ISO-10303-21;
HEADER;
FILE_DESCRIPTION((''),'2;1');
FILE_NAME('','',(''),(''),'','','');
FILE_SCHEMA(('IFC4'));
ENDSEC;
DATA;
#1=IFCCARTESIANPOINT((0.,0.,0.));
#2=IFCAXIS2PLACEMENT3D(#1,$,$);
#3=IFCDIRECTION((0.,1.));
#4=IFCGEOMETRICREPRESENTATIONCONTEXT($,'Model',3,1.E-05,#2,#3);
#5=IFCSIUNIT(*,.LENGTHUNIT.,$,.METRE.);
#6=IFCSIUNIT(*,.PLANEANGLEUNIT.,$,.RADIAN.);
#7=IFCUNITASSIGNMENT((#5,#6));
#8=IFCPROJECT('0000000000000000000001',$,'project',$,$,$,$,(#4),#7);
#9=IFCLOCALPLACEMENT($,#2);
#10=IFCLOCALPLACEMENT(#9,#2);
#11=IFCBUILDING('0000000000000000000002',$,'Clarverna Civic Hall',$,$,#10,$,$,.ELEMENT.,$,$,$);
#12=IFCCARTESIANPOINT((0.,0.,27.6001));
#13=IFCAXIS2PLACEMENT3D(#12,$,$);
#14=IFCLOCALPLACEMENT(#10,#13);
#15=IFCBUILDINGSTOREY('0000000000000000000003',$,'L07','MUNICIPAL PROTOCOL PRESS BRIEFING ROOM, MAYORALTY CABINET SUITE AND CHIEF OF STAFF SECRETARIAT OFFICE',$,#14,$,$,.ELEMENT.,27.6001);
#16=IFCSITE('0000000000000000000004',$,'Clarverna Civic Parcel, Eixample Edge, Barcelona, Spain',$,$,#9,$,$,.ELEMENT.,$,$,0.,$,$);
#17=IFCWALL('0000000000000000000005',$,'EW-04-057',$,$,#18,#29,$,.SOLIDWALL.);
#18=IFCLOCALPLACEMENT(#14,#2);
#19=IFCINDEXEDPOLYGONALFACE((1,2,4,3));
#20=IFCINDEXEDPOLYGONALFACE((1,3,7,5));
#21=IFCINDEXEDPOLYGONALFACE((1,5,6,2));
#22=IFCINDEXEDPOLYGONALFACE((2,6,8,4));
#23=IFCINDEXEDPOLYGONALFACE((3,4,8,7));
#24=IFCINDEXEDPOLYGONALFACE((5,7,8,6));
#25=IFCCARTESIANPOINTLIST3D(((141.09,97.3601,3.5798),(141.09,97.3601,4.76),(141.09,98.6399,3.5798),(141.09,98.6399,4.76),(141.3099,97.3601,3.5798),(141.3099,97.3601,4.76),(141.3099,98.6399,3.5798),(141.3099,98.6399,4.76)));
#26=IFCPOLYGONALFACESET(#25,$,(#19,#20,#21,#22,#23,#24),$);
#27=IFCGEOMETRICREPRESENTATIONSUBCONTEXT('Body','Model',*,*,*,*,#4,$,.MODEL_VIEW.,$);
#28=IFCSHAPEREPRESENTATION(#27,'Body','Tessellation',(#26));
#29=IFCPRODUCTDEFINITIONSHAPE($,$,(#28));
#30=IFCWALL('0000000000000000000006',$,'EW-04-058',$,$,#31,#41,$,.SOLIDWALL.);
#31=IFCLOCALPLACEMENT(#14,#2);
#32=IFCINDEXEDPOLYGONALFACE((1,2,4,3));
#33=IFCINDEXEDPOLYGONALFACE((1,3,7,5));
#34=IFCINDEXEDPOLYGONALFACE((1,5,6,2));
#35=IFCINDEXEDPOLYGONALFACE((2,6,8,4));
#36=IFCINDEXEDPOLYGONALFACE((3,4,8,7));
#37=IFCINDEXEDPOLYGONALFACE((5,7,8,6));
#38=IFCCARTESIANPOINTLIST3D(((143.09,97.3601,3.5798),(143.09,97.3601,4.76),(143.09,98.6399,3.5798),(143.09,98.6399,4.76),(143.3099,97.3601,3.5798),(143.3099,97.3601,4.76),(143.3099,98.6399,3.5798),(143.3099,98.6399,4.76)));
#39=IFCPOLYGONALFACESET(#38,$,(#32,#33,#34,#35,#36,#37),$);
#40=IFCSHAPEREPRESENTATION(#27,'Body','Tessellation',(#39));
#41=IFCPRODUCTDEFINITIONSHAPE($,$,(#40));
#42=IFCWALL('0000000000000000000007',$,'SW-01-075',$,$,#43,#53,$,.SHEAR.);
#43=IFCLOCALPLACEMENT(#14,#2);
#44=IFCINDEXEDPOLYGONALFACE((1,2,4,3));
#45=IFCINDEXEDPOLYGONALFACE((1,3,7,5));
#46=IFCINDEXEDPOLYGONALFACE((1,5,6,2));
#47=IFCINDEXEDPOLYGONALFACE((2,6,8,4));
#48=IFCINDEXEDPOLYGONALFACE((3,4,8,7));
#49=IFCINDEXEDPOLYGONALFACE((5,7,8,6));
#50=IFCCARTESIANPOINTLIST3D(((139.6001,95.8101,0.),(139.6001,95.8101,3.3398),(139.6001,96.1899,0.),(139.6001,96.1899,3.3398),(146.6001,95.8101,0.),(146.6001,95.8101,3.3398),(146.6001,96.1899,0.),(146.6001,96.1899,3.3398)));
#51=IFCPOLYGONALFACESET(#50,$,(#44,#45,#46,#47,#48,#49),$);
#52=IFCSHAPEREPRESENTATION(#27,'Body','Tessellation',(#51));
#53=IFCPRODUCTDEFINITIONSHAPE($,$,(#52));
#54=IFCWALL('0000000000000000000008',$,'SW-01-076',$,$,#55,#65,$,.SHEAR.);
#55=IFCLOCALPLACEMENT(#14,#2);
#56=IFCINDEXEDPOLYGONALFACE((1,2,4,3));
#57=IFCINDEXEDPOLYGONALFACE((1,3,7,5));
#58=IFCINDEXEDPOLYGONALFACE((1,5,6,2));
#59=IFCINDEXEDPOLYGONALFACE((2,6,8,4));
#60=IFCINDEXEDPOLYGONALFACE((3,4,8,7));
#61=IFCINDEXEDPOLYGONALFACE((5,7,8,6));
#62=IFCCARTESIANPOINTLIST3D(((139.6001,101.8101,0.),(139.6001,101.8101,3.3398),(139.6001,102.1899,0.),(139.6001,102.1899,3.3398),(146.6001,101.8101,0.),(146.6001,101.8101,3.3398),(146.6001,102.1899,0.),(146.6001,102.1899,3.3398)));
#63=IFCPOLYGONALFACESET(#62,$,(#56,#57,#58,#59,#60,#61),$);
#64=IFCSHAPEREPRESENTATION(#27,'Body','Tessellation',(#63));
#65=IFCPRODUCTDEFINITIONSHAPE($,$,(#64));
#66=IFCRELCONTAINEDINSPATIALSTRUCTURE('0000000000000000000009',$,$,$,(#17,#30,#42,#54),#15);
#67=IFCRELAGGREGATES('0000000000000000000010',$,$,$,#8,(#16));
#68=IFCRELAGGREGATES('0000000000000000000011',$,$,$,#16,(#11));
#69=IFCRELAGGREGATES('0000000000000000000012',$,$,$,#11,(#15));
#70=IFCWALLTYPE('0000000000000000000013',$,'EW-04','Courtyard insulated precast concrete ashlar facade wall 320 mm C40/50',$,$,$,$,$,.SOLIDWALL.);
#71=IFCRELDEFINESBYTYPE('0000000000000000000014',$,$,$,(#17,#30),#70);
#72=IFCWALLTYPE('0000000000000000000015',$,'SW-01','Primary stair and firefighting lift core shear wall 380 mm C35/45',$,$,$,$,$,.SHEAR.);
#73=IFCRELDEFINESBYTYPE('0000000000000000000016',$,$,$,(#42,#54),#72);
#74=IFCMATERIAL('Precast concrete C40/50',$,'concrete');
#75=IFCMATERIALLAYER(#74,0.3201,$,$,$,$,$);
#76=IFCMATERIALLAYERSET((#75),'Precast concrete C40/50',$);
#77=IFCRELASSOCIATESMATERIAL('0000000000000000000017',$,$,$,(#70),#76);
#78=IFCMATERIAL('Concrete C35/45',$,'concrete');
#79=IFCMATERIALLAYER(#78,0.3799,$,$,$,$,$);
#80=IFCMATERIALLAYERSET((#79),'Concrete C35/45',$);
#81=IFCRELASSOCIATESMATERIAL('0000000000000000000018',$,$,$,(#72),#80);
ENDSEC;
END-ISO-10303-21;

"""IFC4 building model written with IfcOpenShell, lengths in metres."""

from ifc_helpers import new_model, si_unit, direction, frame, frame_2d, origin, place, context, subcontext, project, spatial, rectangle, extrude, material, layer, layer_set, type_object, element, save


model = new_model("IFC4")

# Units and contexts
model_context = context("Model", 3, precision=1e-05, world=origin(), true_north=direction((0.0, 1.0)))
body_context = subcontext(model_context, "Body", "Model", "MODEL_VIEW")
ifc_project = project(units=[si_unit("LENGTHUNIT", "METRE"), si_unit("PLANEANGLEUNIT", "RADIAN")], contexts=[model_context])

# Site, building, storey
site_placement = place(None, origin())
site = spatial("IfcSite", under=ifc_project, at=site_placement, Name="Clarverna Civic Parcel, Eixample Edge, Barcelona, Spain", CompositionType="ELEMENT", RefElevation=0.0)
building_placement = place(site_placement, origin())
building = spatial("IfcBuilding", under=site, at=building_placement, Name="Clarverna Civic Hall", CompositionType="ELEMENT")
storey_placement = place(building_placement, frame((0.0, 0.0, 27.6001)))
storey = spatial("IfcBuildingStorey", under=building, at=storey_placement, Name="L07", Description="MUNICIPAL PROTOCOL PRESS BRIEFING ROOM, MAYORALTY CABINET SUITE AND CHIEF OF STAFF SECRETARIAT OFFICE", CompositionType="ELEMENT", Elevation=27.6001)

# Shared definitions
ifc_material_1 = material(Name="Concrete C35/45", Category="concrete")

# Shared definitions
ifc_material_2 = material(Name="Precast concrete C40/50", Category="concrete")
ifc_layer_1 = layer(ifc_material_2, 0.3201)
ifc_layer_set_1 = layer_set([ifc_layer_1], Name="Precast concrete C40/50")
wall_type_1 = type_object("IfcWallType", Name="EW-04", Description="Courtyard insulated precast concrete ashlar facade wall 320 mm C40/50", PredefinedType="SOLIDWALL", material=ifc_layer_set_1)

# Walls
for number, where, z_axis, x_axis, name in (
    (1, (141.2, 97.3601, 3.5798), (0.0, 0.0, 1.0), (0.0, 1.0, 0.0), "EW-04-057"),
    (2, (143.2, 97.3601, 3.5798), (0.0, 0.0, 1.0), (0.0, 1.0, 0.0), "EW-04-058"),
):
    element("IfcWall", number, at=place(storey_placement, frame(where, z_axis=z_axis, x_axis=x_axis)), inside=storey, type_object=wall_type_1, Name=name, PredefinedType="SOLIDWALL", context=body_context, shape_type="SweptSolid", body=[
        extrude(rectangle(XDim=1.2798, YDim=0.22, at=frame_2d((0.6399, 0.0))), origin(), (0.0, 0.0, 1.0), 1.1802),
    ])

# Shared definitions
ifc_layer_2 = layer(ifc_material_1, 0.3799)
ifc_layer_set_2 = layer_set([ifc_layer_2], Name="Concrete C35/45")
wall_type_2 = type_object("IfcWallType", Name="SW-01", Description="Primary stair and firefighting lift core shear wall 380 mm C35/45", PredefinedType="SHEAR", material=ifc_layer_set_2)

# Walls
for number, where, z_axis, x_axis, name in (
    (3, (139.6001, 96.0, 0.0), (0.0, 0.0, 1.0), (1.0, 0.0, 0.0), "SW-01-075"),
    (4, (139.6001, 102.0, 0.0), (0.0, 0.0, 1.0), (1.0, 0.0, 0.0), "SW-01-076"),
):
    element("IfcWall", number, at=place(storey_placement, frame(where, z_axis=z_axis, x_axis=x_axis)), inside=storey, type_object=wall_type_2, Name=name, PredefinedType="SHEAR", context=body_context, shape_type="SweptSolid", body=[
        extrude(rectangle(XDim=7.0, YDim=0.3799, at=frame_2d((3.5, 0.0))), origin(), (0.0, 0.0, 1.0), 3.3398),
    ])

save(model, "model.ifc")
